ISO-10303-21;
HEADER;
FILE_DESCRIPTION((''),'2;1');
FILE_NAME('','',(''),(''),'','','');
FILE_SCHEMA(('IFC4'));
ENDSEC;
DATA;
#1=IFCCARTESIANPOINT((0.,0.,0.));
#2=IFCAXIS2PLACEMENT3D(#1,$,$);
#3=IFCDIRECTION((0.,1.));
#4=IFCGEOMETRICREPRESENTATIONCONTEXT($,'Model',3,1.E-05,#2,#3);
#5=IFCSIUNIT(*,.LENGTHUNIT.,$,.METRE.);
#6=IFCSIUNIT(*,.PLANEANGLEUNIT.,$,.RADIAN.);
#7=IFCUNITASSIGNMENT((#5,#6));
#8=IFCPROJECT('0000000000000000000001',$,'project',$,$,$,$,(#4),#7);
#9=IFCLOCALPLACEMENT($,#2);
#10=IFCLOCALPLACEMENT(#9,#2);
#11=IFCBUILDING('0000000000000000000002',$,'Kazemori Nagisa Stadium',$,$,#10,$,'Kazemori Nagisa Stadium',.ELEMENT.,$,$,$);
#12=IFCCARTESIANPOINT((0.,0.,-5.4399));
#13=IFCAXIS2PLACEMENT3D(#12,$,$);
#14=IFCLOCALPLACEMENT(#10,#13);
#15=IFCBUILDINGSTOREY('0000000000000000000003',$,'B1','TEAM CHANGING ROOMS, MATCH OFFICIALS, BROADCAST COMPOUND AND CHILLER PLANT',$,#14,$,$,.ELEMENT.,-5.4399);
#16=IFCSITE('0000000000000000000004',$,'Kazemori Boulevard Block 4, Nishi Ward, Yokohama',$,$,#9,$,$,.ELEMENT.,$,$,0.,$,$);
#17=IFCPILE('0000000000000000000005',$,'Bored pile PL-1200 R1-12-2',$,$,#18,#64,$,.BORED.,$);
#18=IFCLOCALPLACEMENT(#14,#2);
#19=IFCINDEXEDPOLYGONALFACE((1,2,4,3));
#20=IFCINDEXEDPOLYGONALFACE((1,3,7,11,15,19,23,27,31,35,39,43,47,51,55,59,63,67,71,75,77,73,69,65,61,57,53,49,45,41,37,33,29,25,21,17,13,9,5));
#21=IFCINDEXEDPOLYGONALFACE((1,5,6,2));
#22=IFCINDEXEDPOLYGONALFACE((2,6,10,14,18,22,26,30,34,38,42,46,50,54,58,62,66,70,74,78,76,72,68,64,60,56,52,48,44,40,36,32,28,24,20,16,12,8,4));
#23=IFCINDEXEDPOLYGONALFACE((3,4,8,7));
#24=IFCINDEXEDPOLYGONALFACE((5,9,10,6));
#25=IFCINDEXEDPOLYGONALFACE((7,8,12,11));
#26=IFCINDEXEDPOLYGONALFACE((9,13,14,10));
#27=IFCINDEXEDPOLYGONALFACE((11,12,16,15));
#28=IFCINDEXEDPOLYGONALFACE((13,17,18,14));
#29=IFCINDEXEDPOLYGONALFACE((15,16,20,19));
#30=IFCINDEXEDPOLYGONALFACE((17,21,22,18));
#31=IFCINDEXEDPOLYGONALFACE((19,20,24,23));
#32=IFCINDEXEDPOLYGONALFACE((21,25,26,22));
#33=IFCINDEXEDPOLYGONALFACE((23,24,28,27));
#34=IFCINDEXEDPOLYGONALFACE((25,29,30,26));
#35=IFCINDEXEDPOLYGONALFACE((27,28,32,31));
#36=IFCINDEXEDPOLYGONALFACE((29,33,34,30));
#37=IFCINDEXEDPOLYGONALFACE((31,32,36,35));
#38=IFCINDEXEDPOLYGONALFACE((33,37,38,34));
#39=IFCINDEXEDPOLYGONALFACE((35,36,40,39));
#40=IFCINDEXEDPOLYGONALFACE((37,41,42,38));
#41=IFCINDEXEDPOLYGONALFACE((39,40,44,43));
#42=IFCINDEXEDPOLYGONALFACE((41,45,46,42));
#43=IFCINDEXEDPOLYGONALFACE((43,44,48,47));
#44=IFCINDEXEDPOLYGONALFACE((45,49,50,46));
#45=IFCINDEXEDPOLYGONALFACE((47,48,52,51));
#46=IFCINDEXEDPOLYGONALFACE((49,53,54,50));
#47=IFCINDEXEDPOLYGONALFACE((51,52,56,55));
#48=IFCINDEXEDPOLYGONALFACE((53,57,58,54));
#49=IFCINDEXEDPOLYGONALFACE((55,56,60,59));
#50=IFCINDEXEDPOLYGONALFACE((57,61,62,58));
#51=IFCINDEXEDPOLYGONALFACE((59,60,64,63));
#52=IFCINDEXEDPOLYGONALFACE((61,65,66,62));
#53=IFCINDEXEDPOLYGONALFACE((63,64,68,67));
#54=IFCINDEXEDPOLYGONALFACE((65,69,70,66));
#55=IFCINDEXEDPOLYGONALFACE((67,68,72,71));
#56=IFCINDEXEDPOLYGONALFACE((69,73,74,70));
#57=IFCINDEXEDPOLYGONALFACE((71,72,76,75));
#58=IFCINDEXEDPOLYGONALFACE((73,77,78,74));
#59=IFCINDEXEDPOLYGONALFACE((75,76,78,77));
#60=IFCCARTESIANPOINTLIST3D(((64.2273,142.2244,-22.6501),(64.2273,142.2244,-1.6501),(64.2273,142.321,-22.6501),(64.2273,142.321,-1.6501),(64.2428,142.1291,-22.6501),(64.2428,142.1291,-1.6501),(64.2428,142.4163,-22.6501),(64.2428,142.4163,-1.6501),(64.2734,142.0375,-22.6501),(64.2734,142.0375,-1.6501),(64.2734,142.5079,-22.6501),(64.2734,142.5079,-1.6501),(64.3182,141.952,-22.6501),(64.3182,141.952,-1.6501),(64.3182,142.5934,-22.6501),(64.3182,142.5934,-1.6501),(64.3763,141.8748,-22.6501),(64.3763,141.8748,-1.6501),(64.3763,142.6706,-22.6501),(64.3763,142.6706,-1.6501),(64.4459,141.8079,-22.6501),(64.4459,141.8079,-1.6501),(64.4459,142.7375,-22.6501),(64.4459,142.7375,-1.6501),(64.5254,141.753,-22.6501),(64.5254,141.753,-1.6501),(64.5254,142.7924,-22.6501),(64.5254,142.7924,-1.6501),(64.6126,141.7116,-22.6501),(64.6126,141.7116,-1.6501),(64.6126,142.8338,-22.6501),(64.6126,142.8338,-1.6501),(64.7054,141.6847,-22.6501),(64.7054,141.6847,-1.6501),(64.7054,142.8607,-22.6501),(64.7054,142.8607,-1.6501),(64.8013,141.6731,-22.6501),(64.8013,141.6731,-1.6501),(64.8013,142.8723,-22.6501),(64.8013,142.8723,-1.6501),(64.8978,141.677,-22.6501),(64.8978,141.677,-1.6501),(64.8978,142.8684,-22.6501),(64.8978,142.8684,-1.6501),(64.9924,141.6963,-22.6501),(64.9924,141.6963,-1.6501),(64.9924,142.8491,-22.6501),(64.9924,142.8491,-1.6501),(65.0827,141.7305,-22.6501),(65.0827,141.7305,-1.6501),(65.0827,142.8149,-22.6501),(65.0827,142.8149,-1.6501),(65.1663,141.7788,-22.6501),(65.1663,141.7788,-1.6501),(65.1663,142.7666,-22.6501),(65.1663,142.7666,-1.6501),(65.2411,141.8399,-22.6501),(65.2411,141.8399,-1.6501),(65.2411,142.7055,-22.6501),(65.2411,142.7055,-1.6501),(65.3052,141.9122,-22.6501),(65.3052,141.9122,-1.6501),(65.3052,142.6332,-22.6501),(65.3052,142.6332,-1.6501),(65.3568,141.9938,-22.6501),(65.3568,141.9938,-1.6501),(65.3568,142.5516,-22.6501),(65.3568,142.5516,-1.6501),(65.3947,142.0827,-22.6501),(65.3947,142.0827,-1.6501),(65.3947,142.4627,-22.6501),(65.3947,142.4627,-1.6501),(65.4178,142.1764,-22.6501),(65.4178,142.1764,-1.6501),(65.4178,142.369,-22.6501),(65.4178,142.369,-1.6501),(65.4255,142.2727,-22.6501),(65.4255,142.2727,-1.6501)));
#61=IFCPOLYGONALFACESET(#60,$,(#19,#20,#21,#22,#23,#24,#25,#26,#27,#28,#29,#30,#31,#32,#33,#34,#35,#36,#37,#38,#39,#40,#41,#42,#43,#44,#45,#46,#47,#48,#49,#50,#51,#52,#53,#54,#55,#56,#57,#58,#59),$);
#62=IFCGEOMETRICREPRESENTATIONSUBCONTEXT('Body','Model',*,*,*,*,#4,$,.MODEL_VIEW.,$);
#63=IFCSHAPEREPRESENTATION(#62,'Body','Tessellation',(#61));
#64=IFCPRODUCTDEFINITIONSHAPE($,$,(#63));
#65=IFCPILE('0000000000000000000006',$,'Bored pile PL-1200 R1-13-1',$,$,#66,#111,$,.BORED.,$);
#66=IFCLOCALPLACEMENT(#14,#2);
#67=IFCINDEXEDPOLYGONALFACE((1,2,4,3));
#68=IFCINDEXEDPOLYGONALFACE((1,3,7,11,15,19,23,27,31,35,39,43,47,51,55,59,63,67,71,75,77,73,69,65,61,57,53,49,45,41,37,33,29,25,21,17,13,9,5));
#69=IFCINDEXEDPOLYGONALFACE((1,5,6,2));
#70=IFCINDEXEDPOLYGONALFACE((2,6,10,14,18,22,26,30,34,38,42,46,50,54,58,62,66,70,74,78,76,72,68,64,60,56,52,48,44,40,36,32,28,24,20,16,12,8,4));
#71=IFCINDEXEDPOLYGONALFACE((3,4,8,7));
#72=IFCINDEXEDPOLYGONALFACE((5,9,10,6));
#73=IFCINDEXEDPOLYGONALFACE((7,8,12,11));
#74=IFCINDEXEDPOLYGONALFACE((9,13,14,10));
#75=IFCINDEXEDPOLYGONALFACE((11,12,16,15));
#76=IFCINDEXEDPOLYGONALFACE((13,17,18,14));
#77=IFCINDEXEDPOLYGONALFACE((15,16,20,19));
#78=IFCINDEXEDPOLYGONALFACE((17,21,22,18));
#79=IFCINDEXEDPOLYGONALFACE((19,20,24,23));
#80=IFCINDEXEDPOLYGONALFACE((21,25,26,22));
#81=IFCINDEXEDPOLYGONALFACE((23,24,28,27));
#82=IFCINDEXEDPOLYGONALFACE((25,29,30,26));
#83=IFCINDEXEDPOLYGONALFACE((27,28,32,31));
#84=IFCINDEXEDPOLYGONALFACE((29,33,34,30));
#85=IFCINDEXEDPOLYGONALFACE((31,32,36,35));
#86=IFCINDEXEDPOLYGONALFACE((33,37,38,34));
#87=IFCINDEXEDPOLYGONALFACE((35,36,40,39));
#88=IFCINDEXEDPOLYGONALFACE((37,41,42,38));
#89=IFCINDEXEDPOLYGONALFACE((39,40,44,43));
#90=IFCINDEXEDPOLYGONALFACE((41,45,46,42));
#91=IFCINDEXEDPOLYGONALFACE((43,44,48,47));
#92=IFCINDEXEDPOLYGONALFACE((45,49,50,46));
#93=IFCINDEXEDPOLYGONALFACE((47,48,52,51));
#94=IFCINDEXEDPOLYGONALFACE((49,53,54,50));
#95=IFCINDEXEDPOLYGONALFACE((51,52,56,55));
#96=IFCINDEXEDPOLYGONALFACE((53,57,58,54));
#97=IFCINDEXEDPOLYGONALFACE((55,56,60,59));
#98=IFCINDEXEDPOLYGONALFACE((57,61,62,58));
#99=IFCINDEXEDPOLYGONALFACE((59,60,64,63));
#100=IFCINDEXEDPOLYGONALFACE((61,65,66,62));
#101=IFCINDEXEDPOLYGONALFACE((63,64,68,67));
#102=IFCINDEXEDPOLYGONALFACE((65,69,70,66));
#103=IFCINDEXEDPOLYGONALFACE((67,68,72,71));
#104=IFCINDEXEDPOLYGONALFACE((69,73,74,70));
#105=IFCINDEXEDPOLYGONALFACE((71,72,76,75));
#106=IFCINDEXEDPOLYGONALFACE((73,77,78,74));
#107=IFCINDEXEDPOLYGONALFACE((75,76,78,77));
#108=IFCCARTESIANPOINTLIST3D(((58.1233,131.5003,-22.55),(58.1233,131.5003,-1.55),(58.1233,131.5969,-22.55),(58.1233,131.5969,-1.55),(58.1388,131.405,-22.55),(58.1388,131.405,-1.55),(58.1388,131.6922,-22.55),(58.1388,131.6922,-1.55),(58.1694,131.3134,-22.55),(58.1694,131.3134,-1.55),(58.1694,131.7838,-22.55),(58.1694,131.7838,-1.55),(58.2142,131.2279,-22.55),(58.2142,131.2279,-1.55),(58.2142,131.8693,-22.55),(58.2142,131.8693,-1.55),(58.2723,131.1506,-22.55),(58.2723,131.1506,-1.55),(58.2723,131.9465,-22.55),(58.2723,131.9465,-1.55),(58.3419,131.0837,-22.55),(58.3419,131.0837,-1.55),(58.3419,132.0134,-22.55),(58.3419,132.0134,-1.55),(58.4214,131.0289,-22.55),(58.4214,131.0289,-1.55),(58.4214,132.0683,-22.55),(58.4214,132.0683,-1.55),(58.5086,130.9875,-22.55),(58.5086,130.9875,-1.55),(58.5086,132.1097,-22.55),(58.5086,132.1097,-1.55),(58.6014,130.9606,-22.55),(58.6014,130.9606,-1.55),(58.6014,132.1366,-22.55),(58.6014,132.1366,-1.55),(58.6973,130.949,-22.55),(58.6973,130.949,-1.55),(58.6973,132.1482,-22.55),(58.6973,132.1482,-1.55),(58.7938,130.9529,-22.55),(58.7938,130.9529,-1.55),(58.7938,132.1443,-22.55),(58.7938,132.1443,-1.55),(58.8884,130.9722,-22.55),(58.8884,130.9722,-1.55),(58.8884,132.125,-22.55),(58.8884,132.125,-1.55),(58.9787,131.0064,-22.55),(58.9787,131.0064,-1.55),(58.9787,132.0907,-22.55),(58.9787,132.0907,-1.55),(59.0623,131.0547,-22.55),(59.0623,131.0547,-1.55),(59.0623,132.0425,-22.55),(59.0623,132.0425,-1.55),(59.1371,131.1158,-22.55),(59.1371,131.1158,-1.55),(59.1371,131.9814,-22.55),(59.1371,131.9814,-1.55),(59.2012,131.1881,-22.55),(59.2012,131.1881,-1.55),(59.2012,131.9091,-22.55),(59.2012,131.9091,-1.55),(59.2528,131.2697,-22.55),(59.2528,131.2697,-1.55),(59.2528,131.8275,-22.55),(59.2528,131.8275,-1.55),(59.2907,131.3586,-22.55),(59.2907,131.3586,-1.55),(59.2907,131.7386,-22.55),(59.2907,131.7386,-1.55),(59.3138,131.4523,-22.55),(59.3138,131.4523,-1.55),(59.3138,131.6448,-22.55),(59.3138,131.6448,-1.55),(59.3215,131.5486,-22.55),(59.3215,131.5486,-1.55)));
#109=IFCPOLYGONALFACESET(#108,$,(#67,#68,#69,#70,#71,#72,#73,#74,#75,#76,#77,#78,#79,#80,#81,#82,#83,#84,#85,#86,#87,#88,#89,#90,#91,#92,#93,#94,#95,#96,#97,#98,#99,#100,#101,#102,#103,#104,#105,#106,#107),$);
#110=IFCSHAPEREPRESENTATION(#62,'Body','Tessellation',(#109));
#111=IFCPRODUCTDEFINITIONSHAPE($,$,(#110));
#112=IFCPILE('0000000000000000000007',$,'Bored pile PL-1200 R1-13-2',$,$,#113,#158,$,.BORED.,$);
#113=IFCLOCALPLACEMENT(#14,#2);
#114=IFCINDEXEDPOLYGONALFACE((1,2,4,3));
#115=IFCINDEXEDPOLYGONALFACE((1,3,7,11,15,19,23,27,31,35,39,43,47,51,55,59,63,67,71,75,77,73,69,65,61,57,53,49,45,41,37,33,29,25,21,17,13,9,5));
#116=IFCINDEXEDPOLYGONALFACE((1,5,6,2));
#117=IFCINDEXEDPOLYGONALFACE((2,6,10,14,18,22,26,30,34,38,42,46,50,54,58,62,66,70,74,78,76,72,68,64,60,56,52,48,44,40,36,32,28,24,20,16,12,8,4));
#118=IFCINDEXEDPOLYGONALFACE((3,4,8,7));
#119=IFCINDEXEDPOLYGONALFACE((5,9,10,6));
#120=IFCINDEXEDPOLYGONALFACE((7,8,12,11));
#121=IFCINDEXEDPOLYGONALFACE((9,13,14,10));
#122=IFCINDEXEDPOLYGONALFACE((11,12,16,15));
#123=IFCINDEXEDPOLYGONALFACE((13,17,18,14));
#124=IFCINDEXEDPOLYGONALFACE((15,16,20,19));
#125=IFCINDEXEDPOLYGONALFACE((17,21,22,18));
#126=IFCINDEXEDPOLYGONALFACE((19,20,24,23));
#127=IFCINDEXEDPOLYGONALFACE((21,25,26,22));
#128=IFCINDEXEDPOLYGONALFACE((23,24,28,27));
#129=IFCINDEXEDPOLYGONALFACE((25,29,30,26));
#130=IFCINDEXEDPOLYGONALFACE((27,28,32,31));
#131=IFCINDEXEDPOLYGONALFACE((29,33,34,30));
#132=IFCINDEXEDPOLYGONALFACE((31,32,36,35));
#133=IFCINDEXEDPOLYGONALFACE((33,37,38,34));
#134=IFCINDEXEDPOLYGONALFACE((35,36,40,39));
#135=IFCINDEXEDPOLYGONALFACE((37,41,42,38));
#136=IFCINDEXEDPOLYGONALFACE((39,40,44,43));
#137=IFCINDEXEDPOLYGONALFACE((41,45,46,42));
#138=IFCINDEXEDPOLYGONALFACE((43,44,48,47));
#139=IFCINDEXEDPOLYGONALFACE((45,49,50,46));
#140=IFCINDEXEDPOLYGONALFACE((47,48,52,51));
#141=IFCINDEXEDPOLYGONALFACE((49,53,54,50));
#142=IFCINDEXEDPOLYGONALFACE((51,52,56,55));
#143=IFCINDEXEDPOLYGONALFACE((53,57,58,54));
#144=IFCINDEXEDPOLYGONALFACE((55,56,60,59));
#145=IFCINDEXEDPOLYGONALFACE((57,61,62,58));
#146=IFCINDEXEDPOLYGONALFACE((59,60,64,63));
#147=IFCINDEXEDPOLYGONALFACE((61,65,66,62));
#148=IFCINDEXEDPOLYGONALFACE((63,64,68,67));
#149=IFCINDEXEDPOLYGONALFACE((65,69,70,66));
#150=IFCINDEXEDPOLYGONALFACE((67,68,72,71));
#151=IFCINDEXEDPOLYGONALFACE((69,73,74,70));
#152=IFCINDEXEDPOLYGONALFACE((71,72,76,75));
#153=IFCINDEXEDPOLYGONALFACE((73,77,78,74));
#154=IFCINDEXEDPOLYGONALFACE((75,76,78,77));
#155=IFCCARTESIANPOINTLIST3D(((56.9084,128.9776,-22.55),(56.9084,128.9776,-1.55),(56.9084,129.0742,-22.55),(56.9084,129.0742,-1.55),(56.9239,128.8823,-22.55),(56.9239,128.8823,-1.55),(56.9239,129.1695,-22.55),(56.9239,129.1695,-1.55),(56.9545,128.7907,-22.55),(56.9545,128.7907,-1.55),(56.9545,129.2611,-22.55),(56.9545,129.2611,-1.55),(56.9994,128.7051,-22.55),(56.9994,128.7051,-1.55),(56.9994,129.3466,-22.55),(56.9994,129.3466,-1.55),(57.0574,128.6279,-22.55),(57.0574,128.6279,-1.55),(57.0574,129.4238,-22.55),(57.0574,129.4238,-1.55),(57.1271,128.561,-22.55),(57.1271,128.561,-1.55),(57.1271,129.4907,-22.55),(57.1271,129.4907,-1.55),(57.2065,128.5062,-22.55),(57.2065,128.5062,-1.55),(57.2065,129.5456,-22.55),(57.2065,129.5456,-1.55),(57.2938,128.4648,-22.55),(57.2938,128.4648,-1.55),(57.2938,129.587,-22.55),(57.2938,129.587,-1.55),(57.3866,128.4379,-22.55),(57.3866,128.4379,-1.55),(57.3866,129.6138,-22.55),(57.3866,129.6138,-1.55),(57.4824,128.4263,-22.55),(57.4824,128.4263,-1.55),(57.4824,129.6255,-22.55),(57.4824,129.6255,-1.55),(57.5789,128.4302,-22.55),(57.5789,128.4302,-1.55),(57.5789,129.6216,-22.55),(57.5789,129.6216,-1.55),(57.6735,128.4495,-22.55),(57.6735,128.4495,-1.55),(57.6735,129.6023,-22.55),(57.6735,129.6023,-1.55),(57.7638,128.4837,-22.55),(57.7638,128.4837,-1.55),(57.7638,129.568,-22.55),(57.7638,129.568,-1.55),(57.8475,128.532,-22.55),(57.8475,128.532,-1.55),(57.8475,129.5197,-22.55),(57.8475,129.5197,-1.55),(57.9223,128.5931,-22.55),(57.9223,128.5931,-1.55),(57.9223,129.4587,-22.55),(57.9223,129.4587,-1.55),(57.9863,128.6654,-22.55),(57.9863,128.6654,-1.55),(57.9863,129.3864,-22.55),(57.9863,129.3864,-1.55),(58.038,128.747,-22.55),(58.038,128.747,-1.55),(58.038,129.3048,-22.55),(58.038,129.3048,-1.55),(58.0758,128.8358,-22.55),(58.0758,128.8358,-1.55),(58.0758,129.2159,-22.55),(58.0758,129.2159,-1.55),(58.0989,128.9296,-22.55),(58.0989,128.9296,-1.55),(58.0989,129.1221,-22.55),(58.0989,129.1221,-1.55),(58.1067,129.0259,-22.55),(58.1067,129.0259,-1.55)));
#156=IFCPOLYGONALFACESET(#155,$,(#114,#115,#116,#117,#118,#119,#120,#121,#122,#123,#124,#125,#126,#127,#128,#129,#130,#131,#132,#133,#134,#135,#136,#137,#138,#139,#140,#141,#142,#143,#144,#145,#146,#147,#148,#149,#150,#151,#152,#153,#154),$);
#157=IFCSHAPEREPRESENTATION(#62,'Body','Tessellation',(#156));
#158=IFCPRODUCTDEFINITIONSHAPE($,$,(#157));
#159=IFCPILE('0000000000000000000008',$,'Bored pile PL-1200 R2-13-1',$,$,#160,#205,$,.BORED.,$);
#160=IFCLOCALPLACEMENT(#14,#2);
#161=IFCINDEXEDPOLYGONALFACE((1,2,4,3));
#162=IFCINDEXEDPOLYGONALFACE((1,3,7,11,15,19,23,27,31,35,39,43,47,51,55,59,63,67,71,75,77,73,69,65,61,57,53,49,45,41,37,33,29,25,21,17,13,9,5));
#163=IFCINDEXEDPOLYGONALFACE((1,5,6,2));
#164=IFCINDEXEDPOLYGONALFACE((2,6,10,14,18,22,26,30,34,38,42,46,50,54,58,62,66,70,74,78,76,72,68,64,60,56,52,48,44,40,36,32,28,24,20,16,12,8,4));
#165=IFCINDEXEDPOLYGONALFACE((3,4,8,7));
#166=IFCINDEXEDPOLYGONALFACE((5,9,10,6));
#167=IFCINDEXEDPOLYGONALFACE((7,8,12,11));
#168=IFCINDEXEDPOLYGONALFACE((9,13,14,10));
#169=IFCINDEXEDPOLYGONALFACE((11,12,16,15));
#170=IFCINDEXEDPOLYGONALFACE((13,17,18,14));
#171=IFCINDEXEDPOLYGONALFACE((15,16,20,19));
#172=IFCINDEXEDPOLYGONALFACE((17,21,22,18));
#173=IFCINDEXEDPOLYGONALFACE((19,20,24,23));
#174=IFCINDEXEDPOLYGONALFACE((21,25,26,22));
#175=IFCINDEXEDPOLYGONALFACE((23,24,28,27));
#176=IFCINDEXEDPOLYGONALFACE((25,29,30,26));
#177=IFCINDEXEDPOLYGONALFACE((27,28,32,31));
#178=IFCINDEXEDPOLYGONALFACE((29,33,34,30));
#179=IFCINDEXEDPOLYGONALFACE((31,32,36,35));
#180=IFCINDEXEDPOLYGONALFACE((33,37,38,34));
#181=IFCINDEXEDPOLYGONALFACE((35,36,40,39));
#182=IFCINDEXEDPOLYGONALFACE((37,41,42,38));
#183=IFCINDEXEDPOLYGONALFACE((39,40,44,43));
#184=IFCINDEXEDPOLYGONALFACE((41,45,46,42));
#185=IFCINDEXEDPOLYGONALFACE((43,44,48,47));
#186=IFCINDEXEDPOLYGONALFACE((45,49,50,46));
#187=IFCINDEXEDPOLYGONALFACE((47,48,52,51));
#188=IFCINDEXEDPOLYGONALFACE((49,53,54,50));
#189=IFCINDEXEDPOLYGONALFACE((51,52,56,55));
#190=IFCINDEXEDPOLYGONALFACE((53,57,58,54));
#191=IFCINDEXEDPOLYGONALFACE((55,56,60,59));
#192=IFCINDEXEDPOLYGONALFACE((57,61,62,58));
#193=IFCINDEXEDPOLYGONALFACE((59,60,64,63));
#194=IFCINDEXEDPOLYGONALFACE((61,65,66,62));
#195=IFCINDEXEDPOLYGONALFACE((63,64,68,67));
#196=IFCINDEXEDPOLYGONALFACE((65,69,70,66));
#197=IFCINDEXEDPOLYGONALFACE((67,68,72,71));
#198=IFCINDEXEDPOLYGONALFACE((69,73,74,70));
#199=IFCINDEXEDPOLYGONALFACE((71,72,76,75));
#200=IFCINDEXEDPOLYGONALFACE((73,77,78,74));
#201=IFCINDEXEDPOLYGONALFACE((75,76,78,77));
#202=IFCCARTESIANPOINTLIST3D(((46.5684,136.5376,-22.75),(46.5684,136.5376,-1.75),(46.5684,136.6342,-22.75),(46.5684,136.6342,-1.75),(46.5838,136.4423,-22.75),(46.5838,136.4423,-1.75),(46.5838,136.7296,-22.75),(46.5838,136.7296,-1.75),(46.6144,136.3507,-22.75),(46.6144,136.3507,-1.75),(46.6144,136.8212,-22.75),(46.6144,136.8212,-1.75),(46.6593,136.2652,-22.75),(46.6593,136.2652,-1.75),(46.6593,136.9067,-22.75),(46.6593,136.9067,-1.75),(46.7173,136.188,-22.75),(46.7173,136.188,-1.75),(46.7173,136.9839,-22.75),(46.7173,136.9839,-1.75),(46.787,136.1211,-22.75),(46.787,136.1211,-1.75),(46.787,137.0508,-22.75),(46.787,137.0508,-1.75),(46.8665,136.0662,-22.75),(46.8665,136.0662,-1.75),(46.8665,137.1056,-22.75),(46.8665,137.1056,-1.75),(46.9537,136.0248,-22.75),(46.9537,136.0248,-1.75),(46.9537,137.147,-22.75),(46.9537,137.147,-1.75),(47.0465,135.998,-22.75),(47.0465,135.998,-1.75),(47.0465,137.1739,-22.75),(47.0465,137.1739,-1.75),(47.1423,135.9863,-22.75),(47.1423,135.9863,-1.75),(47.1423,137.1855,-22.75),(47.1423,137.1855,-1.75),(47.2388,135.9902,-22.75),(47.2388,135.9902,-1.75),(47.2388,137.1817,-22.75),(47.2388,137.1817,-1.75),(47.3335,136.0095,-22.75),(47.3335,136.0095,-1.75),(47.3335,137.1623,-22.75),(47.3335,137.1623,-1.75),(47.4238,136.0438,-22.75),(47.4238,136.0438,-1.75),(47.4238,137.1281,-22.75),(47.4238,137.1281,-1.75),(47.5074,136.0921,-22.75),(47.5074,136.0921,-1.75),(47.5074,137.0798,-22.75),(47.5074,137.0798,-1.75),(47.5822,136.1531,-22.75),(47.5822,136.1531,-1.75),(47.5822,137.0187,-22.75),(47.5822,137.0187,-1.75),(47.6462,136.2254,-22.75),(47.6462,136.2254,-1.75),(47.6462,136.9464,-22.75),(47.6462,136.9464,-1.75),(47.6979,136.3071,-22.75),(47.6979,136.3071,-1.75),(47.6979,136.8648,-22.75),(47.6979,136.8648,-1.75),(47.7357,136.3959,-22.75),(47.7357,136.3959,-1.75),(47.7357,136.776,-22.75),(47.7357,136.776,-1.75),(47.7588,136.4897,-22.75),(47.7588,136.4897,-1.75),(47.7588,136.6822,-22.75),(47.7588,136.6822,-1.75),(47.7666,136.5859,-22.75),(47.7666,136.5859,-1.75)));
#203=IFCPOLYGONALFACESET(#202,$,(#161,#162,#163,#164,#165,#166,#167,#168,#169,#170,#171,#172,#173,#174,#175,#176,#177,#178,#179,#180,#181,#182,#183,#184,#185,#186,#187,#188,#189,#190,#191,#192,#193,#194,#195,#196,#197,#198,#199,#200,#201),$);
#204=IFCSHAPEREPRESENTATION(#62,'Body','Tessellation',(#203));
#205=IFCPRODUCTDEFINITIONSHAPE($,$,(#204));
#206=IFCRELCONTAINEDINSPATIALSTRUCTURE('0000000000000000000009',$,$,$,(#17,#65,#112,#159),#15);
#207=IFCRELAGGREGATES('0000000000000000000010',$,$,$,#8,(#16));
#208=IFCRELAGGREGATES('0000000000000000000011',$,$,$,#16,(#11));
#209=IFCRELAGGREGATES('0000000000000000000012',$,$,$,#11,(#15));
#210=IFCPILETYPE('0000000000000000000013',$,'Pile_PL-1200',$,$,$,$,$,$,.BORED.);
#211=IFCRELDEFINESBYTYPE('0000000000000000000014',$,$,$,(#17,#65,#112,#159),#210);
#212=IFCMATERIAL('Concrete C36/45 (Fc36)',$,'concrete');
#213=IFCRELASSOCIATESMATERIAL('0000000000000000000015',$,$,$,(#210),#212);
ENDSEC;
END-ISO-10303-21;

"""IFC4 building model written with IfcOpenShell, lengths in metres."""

from ifc_helpers import new_model, si_unit, direction, frame, origin, origin_2d, place, context, subcontext, project, spatial, circle, extrude, material, material_profile, profile_set, type_object, element, save


model = new_model("IFC4")

# Units and contexts
model_context = context("Model", 3, precision=1e-05, world=origin(), true_north=direction((0.0, 1.0)))
body_context = subcontext(model_context, "Body", "Model", "MODEL_VIEW")
ifc_project = project(units=[si_unit("LENGTHUNIT", "METRE"), si_unit("PLANEANGLEUNIT", "RADIAN")], contexts=[model_context])

# Site, building, storey
site_placement = place(None, origin())
site = spatial("IfcSite", under=ifc_project, at=site_placement, Name="Kazemori Boulevard Block 4, Nishi Ward, Yokohama", CompositionType="ELEMENT", RefElevation=0.0)
building_placement = place(site_placement, origin())
building = spatial("IfcBuilding", under=site, at=building_placement, Name="Kazemori Nagisa Stadium", LongName="Kazemori Nagisa Stadium", CompositionType="ELEMENT")
storey_placement = place(building_placement, frame((0.0, 0.0, -5.4399)))
storey = spatial("IfcBuildingStorey", under=building, at=storey_placement, Name="B1", Description="TEAM CHANGING ROOMS, MATCH OFFICIALS, BROADCAST COMPOUND AND CHILLER PLANT", CompositionType="ELEMENT", Elevation=-5.4399)

# Piles
ifc_material_1 = material(Name="Concrete C36/45 (Fc36)", Category="concrete")
ifc_material_profile_1 = material_profile(ifc_material_1, circle(Radius=0.6001, at=origin_2d()), Name="PILE-D1200")
ifc_profile_set_1 = profile_set([ifc_material_profile_1], Name="Concrete C36/45 (Fc36)")
pile_type = type_object("IfcPileType", Name="Pile_PL-1200", PredefinedType="BORED", material=ifc_profile_set_1)
for number, where, z_axis, x_axis, name in (
    (1, (64.8254, 142.2727, -1.6501), (0.0, 0.0, -1.0), (1.0, 0.0, 0.0), "Bored pile PL-1200 R1-12-2"),
    (2, (58.7214, 131.5486, -1.55), (0.0, 0.0, -1.0), (1.0, 0.0, 0.0), "Bored pile PL-1200 R1-13-1"),
    (3, (57.5066, 129.0259, -1.55), (0.0, 0.0, -1.0), (1.0, 0.0, 0.0), "Bored pile PL-1200 R1-13-2"),
    (4, (47.1665, 136.5859, -1.75), (0.0, 0.0, -1.0), (1.0, 0.0, 0.0), "Bored pile PL-1200 R2-13-1"),
):
    element("IfcPile", number, at=place(storey_placement, frame(where, z_axis=z_axis, x_axis=x_axis)), inside=storey, type_object=pile_type, Name=name, PredefinedType="BORED", context=body_context, shape_type="SweptSolid", body=[
        extrude(circle(Radius=0.6001, at=origin_2d()), origin(), (0.0, 0.0, 1.0), 21.0),
    ])

save(model, "model.ifc")
